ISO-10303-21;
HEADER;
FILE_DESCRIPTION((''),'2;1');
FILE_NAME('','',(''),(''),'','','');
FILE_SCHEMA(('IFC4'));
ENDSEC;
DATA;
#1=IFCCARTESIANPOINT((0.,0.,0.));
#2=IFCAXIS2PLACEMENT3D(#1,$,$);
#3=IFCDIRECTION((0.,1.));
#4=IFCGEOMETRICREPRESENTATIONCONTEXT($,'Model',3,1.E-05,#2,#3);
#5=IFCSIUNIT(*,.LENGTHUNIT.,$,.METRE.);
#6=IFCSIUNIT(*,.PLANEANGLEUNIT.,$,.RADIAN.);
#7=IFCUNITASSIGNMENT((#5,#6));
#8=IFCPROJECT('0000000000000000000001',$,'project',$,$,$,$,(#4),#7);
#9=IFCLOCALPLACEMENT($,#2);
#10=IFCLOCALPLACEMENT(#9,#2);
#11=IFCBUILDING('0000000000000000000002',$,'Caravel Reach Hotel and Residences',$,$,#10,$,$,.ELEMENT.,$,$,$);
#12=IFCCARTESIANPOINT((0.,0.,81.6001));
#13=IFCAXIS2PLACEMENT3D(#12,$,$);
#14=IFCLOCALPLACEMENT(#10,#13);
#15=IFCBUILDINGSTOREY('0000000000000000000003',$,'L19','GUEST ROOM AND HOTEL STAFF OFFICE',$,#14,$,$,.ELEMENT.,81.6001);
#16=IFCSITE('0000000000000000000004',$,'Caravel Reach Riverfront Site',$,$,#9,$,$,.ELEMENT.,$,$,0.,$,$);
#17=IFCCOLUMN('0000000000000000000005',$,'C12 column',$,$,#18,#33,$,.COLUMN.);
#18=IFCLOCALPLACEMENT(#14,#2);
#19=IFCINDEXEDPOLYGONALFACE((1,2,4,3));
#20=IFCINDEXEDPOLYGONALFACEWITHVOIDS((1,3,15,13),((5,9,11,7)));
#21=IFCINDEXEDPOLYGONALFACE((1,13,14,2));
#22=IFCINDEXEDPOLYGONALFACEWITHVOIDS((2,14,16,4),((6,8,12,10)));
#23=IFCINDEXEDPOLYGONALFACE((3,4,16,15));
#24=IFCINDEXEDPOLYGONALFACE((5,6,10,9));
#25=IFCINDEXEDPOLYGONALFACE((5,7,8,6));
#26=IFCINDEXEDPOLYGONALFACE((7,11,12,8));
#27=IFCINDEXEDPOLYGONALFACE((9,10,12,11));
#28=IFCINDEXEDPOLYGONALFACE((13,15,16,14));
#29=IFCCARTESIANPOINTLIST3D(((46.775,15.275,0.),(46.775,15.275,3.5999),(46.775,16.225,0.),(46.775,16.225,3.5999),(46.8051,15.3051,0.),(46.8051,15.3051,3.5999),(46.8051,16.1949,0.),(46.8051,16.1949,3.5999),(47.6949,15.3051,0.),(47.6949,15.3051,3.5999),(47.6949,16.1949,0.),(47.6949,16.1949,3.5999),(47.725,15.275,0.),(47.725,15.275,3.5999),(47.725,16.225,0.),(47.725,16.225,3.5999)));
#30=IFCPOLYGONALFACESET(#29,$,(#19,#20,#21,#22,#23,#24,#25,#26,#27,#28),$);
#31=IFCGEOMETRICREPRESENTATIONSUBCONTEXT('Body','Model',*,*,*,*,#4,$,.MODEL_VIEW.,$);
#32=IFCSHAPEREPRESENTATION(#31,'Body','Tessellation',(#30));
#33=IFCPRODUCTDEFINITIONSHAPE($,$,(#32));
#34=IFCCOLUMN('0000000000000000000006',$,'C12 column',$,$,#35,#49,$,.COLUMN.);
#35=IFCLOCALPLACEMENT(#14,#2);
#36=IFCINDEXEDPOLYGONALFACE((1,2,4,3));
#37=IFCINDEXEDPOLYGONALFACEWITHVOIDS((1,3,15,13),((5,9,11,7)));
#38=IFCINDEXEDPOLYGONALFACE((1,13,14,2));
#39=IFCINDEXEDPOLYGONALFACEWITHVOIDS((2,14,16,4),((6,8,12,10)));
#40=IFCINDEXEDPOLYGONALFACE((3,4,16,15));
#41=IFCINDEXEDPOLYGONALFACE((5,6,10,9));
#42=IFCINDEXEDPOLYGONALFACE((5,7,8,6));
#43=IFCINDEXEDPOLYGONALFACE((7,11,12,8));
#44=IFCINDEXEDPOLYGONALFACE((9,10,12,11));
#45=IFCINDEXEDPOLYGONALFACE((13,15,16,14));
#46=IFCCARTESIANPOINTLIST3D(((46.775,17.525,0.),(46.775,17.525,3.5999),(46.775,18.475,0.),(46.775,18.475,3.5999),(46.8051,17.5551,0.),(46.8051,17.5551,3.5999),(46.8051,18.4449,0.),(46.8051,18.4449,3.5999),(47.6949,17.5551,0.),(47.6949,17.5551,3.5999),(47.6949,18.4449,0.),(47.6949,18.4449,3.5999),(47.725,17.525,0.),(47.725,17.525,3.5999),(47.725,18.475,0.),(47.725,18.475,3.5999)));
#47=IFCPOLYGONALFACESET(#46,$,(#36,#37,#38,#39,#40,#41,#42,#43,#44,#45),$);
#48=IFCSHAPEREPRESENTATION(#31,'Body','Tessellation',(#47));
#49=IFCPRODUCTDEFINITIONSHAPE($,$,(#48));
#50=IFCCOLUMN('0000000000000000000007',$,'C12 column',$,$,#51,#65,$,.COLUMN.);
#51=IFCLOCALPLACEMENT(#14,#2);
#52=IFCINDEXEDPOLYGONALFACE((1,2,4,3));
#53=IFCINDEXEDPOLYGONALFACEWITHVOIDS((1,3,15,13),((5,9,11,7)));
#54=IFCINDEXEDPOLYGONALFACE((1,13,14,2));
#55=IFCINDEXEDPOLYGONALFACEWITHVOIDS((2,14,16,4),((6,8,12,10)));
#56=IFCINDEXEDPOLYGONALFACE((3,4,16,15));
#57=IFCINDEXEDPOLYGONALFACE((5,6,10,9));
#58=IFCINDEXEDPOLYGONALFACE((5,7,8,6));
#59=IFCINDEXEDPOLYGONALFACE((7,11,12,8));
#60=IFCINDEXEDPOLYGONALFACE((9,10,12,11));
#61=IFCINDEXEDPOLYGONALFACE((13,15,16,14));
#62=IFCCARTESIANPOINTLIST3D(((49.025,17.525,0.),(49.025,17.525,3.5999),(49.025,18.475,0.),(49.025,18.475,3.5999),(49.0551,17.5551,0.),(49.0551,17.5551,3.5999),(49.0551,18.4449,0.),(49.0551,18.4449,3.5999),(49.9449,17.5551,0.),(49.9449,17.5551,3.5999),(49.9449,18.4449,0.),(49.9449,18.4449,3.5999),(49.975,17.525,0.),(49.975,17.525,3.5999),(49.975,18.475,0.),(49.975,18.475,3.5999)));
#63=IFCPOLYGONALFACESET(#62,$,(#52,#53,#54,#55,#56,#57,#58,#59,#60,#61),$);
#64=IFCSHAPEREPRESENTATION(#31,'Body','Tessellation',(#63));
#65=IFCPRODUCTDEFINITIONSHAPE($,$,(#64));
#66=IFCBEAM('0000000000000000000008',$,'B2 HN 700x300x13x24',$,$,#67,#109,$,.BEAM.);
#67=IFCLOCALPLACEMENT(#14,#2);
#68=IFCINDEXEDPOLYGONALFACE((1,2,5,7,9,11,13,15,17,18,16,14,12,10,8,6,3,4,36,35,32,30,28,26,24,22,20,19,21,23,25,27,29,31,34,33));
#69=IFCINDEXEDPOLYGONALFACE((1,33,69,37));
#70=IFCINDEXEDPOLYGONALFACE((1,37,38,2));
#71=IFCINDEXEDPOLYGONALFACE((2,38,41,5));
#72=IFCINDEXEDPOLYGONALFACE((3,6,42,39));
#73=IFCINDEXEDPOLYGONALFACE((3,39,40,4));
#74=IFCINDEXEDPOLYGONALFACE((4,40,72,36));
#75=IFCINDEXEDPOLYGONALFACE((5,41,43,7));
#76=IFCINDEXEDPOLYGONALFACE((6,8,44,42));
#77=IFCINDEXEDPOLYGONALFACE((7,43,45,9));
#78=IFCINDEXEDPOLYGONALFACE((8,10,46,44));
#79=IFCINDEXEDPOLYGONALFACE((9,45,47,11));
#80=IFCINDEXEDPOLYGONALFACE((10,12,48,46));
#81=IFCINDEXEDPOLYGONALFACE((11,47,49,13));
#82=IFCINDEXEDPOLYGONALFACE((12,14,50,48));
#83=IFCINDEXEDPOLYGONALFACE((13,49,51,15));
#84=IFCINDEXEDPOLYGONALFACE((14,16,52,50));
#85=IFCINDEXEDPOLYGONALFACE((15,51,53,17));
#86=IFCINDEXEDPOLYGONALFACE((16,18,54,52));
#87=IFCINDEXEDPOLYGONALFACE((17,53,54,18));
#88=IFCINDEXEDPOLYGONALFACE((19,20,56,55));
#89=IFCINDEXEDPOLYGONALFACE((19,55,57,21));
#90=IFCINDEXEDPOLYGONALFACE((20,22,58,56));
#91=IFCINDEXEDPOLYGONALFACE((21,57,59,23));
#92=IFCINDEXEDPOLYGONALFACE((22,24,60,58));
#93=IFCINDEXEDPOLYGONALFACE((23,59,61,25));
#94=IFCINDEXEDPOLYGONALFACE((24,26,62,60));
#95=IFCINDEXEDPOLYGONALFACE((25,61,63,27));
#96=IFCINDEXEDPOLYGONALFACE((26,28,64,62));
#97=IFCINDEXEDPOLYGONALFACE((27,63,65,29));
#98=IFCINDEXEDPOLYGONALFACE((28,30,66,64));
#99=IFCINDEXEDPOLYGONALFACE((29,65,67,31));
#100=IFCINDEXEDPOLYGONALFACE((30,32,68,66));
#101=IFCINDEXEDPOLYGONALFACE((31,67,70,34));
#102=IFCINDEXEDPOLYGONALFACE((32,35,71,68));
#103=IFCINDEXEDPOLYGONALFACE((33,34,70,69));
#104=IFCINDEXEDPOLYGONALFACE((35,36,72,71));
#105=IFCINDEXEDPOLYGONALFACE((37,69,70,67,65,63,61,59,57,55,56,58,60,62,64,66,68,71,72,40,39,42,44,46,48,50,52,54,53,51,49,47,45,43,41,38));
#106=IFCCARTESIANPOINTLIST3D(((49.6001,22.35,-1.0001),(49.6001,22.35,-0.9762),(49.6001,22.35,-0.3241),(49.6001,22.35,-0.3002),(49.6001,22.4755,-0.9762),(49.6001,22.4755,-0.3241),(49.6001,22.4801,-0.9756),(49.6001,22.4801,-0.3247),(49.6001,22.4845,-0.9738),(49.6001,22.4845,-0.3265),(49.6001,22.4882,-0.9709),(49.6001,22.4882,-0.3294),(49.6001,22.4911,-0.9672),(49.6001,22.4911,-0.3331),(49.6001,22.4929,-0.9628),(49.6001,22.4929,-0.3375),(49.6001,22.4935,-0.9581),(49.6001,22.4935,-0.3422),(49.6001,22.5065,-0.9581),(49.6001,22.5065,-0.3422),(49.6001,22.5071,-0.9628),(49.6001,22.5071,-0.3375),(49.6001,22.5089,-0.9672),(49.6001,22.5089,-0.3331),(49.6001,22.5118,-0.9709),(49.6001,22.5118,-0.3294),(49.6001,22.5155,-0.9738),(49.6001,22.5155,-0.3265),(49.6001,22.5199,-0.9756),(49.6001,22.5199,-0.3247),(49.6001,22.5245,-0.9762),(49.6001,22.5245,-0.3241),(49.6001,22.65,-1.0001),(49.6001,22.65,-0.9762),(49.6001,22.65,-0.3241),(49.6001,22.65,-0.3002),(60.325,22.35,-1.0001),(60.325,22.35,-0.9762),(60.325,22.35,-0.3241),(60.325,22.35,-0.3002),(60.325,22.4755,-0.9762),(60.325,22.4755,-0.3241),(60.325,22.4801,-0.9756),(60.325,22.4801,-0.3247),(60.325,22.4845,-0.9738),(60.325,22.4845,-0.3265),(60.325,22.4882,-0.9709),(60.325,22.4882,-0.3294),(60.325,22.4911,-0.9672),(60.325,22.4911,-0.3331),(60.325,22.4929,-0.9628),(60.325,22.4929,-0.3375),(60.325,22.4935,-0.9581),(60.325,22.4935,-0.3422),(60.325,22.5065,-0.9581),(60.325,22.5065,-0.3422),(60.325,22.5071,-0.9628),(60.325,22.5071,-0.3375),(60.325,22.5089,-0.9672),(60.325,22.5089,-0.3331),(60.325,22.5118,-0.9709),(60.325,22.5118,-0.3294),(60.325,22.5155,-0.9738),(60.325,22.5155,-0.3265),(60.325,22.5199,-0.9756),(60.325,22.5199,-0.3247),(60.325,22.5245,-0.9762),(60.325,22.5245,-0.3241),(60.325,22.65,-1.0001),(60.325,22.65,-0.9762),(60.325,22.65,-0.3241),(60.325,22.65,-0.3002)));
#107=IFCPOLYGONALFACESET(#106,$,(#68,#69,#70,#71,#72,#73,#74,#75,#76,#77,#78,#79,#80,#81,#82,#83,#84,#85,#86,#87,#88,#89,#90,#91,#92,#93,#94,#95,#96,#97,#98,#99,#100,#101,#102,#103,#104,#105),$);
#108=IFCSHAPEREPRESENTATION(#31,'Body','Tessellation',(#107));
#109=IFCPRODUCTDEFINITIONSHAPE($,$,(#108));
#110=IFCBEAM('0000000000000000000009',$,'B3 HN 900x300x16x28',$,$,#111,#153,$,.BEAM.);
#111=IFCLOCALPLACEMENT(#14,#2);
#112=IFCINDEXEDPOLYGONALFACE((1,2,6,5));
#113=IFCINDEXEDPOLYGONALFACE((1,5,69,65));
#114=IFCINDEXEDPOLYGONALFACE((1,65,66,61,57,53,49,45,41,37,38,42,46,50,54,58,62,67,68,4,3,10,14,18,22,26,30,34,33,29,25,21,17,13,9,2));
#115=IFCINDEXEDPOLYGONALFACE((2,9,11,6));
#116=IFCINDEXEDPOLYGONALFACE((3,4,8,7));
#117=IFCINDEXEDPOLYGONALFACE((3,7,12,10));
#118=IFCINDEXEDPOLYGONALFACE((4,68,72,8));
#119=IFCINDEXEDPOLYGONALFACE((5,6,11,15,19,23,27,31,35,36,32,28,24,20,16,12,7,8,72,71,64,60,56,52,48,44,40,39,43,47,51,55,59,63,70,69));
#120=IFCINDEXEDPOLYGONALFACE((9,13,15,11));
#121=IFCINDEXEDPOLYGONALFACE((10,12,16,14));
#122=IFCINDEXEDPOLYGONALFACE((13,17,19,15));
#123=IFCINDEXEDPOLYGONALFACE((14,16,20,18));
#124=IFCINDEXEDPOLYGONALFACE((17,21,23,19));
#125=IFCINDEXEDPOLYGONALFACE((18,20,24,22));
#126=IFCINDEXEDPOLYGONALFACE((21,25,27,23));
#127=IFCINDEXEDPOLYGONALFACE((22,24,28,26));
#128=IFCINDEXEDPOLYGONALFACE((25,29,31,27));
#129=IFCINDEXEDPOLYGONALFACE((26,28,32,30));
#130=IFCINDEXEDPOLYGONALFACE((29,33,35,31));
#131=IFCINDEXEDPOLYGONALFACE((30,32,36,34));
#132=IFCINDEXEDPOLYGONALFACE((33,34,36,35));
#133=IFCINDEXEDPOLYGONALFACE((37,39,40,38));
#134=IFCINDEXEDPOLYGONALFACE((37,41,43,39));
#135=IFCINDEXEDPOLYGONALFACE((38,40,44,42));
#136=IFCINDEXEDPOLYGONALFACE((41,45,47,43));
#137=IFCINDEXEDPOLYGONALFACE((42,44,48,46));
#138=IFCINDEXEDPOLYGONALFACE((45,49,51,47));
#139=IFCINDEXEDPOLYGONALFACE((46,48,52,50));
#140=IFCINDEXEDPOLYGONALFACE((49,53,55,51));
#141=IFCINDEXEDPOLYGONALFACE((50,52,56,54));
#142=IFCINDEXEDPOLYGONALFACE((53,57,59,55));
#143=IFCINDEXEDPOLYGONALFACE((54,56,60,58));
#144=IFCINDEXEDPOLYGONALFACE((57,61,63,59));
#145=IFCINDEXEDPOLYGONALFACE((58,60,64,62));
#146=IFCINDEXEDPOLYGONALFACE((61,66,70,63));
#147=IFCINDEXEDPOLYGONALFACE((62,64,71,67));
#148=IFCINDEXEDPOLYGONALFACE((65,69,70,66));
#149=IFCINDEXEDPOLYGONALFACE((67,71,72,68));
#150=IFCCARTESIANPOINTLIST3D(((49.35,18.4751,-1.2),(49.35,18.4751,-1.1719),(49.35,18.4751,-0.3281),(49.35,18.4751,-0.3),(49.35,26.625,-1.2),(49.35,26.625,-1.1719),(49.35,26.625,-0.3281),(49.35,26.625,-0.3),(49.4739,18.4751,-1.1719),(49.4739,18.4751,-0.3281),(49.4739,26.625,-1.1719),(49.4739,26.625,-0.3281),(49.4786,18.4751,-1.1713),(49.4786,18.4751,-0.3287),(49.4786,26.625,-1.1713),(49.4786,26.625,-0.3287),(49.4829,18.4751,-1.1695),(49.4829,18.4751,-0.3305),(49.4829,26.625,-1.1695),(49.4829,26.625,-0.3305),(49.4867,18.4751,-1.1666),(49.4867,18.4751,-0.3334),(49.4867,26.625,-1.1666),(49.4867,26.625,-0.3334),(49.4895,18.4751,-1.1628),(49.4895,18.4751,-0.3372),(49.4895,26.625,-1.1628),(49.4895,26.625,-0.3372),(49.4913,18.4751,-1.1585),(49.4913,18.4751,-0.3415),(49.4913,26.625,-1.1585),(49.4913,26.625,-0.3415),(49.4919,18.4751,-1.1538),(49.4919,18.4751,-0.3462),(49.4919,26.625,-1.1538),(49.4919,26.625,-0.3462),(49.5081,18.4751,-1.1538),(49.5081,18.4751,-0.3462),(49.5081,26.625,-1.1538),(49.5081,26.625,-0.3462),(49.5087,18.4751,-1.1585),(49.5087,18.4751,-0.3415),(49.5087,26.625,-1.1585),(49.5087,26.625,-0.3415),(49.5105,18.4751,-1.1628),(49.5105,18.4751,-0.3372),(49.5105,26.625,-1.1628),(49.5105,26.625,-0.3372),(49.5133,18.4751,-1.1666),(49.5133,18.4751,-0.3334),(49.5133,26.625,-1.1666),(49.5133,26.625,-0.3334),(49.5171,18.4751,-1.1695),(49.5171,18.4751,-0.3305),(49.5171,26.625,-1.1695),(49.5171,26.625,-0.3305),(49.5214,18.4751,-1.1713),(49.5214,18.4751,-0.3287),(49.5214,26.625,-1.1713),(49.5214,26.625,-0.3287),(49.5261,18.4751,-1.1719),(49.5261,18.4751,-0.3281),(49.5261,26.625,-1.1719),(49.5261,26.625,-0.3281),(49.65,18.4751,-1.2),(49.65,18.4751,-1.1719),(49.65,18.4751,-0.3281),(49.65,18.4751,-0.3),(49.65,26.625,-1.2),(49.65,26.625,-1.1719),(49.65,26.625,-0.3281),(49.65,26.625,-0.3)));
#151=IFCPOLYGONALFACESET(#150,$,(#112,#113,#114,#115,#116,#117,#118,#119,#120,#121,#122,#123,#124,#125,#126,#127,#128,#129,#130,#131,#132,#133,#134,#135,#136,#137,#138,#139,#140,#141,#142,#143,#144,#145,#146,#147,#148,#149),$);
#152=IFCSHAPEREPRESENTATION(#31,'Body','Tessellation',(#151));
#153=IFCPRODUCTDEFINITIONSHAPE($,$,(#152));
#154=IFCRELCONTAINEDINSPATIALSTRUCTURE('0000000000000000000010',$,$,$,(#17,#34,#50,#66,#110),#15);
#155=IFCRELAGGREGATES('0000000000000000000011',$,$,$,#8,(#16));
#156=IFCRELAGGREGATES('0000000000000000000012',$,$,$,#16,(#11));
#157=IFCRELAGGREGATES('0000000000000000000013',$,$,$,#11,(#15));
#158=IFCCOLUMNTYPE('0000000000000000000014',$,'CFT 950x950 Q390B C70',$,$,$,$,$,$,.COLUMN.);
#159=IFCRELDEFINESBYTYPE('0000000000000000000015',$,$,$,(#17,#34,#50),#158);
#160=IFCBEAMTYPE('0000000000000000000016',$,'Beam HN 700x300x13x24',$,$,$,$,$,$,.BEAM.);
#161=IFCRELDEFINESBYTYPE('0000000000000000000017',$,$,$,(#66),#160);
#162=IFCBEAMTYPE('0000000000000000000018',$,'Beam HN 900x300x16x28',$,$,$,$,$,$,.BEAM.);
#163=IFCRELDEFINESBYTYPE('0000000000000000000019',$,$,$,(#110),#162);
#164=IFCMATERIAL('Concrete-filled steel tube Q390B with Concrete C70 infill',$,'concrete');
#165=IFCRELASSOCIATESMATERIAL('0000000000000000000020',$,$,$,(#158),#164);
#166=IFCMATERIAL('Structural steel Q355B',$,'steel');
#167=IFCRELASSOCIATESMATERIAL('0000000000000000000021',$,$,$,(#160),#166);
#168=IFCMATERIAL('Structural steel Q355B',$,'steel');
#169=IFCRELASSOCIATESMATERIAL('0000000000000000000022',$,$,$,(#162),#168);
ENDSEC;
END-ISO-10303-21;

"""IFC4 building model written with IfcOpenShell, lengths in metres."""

from ifc_helpers import new_model, si_unit, direction, frame, origin, origin_2d, place, context, subcontext, project, spatial, hollow_rectangle, i_section, extrude, material, material_profile, profile_set, type_object, element, save


model = new_model("IFC4")

# Units and contexts
model_context = context("Model", 3, precision=1e-05, world=origin(), true_north=direction((0.0, 1.0)))
body_context = subcontext(model_context, "Body", "Model", "MODEL_VIEW")
ifc_project = project(units=[si_unit("LENGTHUNIT", "METRE"), si_unit("PLANEANGLEUNIT", "RADIAN")], contexts=[model_context])

# Site, building, storey
site_placement = place(None, origin())
site = spatial("IfcSite", under=ifc_project, at=site_placement, Name="Caravel Reach Riverfront Site", CompositionType="ELEMENT", RefElevation=0.0)
building_placement = place(site_placement, origin())
building = spatial("IfcBuilding", under=site, at=building_placement, Name="Caravel Reach Hotel and Residences", CompositionType="ELEMENT")
storey_placement = place(building_placement, frame((0.0, 0.0, 81.6001)))
storey = spatial("IfcBuildingStorey", under=building, at=storey_placement, Name="L19", Description="GUEST ROOM AND HOTEL STAFF OFFICE", CompositionType="ELEMENT", Elevation=81.6001)

# Columns
ifc_material_1 = material(Name="Concrete-filled steel tube Q390B with Concrete C70 infill", Category="concrete")
ifc_material_profile_1 = material_profile(ifc_material_1, hollow_rectangle(XDim=0.95, YDim=0.95, WallThickness=0.03, at=origin_2d()), Name="RHS 950x950x30")
ifc_profile_set_1 = profile_set([ifc_material_profile_1], Name="Concrete-filled steel tube Q390B with Concrete C70 infill")
column_type = type_object("IfcColumnType", Name="CFT 950x950 Q390B C70", PredefinedType="COLUMN", material=ifc_profile_set_1)
for number, where, z_axis, x_axis, name in (
    (1, (47.25, 15.75, 0.0), (0.0, 0.0, 1.0), (1.0, 0.0, 0.0), "C12 column"),
    (2, (47.25, 18.0, 0.0), (0.0, 0.0, 1.0), (1.0, 0.0, 0.0), "C12 column"),
    (3, (49.5, 18.0, 0.0), (0.0, 0.0, 1.0), (1.0, 0.0, 0.0), "C12 column"),
):
    element("IfcColumn", number, at=place(storey_placement, frame(where, z_axis=z_axis, x_axis=x_axis)), inside=storey, type_object=column_type, Name=name, PredefinedType="COLUMN", context=body_context, shape_type="SweptSolid", body=[
        extrude(hollow_rectangle(XDim=0.95, YDim=0.95, WallThickness=0.03, at=origin_2d()), origin(), (0.0, 0.0, 1.0), 3.5999),
    ])

# Beams
ifc_material_2 = material(Name="Structural steel Q355B", Category="steel")
ifc_material_profile_2 = material_profile(ifc_material_2, i_section(OverallWidth=0.3, OverallDepth=0.7, WebThickness=0.0129, FlangeThickness=0.0239, FilletRadius=0.0181, at=origin_2d()), Name="HN 700x300x13x24")
ifc_profile_set_2 = profile_set([ifc_material_profile_2], Name="Structural steel Q355B")
beam_type_1 = type_object("IfcBeamType", Name="Beam HN 700x300x13x24", PredefinedType="BEAM", material=ifc_profile_set_2)
beam_1_placement = place(storey_placement, frame((49.6001, 22.5, -0.6501), z_axis=(1.0, 0.0, 0.0), x_axis=(0.0, 1.0, 0.0)))
element("IfcBeam", 4, at=beam_1_placement, inside=storey, type_object=beam_type_1, Name="B2 HN 700x300x13x24", PredefinedType="BEAM", context=body_context, shape_type="SweptSolid", body=[
    extrude(i_section(OverallWidth=0.3, OverallDepth=0.7, WebThickness=0.0129, FlangeThickness=0.0239, FilletRadius=0.0181, at=origin_2d()), origin(), (0.0, 0.0, 1.0), 10.7249),
])
ifc_material_3 = material(Name="Structural steel Q355B", Category="steel")
ifc_material_profile_3 = material_profile(ifc_material_3, i_section(OverallWidth=0.3, OverallDepth=0.8999, WebThickness=0.0161, FlangeThickness=0.0281, FilletRadius=0.0181, at=origin_2d()), Name="HN 900x300x16x28")
ifc_profile_set_3 = profile_set([ifc_material_profile_3], Name="Structural steel Q355B")
beam_type_2 = type_object("IfcBeamType", Name="Beam HN 900x300x16x28", PredefinedType="BEAM", material=ifc_profile_set_3)
beam_2_placement = place(storey_placement, frame((49.5, 18.4751, -0.75), z_axis=(0.0, 1.0, 0.0), x_axis=(-1.0, 0.0, 0.0)))
element("IfcBeam", 5, at=beam_2_placement, inside=storey, type_object=beam_type_2, Name="B3 HN 900x300x16x28", PredefinedType="BEAM", context=body_context, shape_type="SweptSolid", body=[
    extrude(i_section(OverallWidth=0.3, OverallDepth=0.8999, WebThickness=0.0161, FlangeThickness=0.0281, FilletRadius=0.0181, at=origin_2d()), origin(), (0.0, 0.0, 1.0), 8.1499),
])

save(model, "model.ifc")
